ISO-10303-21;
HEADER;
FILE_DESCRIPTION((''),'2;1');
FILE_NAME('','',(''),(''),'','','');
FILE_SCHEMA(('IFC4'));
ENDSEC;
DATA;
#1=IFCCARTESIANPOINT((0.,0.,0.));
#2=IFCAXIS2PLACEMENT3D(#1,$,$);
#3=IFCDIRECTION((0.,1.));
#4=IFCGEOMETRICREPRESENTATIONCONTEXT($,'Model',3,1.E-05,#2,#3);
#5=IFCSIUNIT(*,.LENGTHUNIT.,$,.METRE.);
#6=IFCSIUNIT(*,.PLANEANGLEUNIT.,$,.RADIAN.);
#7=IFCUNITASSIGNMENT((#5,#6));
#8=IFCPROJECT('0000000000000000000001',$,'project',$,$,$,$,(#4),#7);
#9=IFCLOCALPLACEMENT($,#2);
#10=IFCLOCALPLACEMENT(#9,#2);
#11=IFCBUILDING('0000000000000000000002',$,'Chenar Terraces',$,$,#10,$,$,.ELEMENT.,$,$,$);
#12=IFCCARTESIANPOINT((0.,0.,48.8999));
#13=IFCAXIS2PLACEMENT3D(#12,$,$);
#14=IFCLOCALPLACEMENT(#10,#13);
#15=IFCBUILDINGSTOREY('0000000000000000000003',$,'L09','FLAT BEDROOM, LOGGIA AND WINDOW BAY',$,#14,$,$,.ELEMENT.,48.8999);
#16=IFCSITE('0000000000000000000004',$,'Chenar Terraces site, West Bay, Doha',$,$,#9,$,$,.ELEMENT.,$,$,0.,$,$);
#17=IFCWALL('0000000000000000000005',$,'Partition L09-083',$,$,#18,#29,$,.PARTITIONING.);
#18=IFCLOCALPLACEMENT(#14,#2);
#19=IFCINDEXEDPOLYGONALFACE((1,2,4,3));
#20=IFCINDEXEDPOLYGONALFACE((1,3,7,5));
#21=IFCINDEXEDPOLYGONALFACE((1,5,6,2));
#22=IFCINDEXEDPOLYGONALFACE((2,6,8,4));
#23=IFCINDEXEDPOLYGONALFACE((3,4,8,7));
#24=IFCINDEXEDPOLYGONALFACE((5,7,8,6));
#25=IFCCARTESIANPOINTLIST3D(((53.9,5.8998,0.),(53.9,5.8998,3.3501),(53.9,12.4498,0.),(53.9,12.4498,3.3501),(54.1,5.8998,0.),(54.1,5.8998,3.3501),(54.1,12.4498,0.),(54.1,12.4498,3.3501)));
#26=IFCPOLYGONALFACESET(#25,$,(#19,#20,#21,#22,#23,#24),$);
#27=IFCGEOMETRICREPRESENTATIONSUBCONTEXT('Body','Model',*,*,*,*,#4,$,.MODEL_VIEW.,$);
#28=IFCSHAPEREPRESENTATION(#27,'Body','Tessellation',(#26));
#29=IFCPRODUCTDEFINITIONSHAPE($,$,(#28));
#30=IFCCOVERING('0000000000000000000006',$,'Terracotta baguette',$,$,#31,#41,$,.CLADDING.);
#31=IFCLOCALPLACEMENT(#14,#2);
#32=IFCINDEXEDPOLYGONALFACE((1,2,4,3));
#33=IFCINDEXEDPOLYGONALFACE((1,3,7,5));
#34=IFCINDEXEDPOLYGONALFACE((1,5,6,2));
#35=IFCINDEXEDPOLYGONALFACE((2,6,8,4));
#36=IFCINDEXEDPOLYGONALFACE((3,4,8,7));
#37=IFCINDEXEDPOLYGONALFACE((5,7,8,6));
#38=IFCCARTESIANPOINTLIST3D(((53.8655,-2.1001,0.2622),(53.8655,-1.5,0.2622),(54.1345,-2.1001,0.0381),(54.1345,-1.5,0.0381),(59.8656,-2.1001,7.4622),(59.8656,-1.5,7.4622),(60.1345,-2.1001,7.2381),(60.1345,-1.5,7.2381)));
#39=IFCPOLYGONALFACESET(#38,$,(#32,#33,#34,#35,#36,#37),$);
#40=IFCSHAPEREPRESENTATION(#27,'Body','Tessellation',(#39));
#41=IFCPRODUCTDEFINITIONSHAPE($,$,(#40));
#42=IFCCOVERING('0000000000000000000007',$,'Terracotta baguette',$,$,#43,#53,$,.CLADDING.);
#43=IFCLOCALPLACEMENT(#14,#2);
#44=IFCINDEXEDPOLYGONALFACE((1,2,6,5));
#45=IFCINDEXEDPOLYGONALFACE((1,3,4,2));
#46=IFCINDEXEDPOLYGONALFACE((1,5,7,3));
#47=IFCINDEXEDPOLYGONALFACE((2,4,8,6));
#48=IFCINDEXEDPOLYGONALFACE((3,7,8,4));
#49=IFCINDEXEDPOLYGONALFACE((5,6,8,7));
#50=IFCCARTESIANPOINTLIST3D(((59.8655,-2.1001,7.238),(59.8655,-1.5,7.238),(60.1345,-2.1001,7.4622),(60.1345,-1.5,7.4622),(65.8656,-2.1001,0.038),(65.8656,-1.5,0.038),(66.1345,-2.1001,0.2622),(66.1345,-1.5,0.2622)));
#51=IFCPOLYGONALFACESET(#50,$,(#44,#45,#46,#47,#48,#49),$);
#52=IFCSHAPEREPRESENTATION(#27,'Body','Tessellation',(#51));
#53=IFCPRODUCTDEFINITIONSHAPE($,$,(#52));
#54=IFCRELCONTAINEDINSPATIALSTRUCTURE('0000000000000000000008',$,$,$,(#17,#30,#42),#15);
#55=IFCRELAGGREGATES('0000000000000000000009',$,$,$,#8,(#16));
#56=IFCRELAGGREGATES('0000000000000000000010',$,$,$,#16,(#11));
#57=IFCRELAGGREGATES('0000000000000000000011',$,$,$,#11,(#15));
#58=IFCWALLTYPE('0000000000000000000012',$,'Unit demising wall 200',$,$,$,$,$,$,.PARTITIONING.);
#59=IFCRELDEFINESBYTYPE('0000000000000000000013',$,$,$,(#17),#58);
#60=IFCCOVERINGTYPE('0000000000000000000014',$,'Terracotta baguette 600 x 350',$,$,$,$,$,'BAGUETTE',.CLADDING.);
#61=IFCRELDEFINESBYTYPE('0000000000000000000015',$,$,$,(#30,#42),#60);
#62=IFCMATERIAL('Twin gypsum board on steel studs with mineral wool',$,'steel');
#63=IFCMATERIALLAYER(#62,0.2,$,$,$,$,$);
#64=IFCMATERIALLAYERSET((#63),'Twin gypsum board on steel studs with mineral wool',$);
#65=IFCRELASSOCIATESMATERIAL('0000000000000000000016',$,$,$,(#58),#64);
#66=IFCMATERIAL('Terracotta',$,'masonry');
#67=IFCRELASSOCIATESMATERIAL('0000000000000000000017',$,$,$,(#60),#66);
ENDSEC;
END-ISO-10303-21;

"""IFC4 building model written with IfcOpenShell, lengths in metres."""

from ifc_helpers import new_model, si_unit, direction, frame, frame_2d, origin, origin_2d, place, context, subcontext, project, spatial, rectangle, extrude, material, layer, layer_set, material_profile, profile_set, type_object, element, save


model = new_model("IFC4")

# Units and contexts
model_context = context("Model", 3, precision=1e-05, world=origin(), true_north=direction((0.0, 1.0)))
body_context = subcontext(model_context, "Body", "Model", "MODEL_VIEW")
ifc_project = project(units=[si_unit("LENGTHUNIT", "METRE"), si_unit("PLANEANGLEUNIT", "RADIAN")], contexts=[model_context])

# Site, building, storey
site_placement = place(None, origin())
site = spatial("IfcSite", under=ifc_project, at=site_placement, Name="Chenar Terraces site, West Bay, Doha", CompositionType="ELEMENT", RefElevation=0.0)
building_placement = place(site_placement, origin())
building = spatial("IfcBuilding", under=site, at=building_placement, Name="Chenar Terraces", CompositionType="ELEMENT")
storey_placement = place(building_placement, frame((0.0, 0.0, 48.8999)))
storey = spatial("IfcBuildingStorey", under=building, at=storey_placement, Name="L09", Description="FLAT BEDROOM, LOGGIA AND WINDOW BAY", CompositionType="ELEMENT", Elevation=48.8999)

# Wall
ifc_material_1 = material(Name="Twin gypsum board on steel studs with mineral wool", Category="steel")
ifc_layer_1 = layer(ifc_material_1, 0.2)
ifc_layer_set_1 = layer_set([ifc_layer_1], Name="Twin gypsum board on steel studs with mineral wool")
wall_type_1 = type_object("IfcWallType", Name="Unit demising wall 200", PredefinedType="PARTITIONING", material=ifc_layer_set_1)
wall_1_placement = place(storey_placement, frame((54.0, 5.8999, 0.0), z_axis=(0.0, 0.0, 1.0), x_axis=(0.0, 1.0, 0.0)))
element("IfcWall", 1, at=wall_1_placement, inside=storey, type_object=wall_type_1, Name="Partition L09-083", PredefinedType="PARTITIONING", context=body_context, shape_type="SweptSolid", body=[
    extrude(rectangle(XDim=6.55, YDim=0.2, at=frame_2d((3.2749, 0.0))), origin(), (0.0, 0.0, 1.0), 3.3501),
])

# Coverings
ifc_material_2 = material(Name="Terracotta", Category="masonry")
ifc_material_profile_1 = material_profile(ifc_material_2, rectangle(XDim=0.6001, YDim=0.3501, at=origin_2d()), Name="Terracotta baguette 600 x 350")
ifc_profile_set_1 = profile_set([ifc_material_profile_1], Name="Terracotta")
covering_type = type_object("IfcCoveringType", Name="Terracotta baguette 600 x 350", ElementType="BAGUETTE", PredefinedType="CLADDING", material=ifc_profile_set_1)
for number, where, z_axis, x_axis, name in (
    (2, (54.0, -1.8, 0.1501), (0.640187, 0.0, 0.768219), (0.0, 1.0, 0.0), "Terracotta baguette"),
    (3, (60.0, -1.8, 7.3501), (0.640187, 0.0, -0.768219), (0.0, 1.0, 0.0), "Terracotta baguette"),
):
    element("IfcCovering", number, at=place(storey_placement, frame(where, z_axis=z_axis, x_axis=x_axis)), inside=storey, type_object=covering_type, Name=name, PredefinedType="CLADDING", context=body_context, shape_type="SweptSolid", body=[
        extrude(rectangle(XDim=0.6001, YDim=0.3501, at=origin_2d()), origin(), (0.0, 0.0, 1.0), 9.3723),
    ])

save(model, "model.ifc")
